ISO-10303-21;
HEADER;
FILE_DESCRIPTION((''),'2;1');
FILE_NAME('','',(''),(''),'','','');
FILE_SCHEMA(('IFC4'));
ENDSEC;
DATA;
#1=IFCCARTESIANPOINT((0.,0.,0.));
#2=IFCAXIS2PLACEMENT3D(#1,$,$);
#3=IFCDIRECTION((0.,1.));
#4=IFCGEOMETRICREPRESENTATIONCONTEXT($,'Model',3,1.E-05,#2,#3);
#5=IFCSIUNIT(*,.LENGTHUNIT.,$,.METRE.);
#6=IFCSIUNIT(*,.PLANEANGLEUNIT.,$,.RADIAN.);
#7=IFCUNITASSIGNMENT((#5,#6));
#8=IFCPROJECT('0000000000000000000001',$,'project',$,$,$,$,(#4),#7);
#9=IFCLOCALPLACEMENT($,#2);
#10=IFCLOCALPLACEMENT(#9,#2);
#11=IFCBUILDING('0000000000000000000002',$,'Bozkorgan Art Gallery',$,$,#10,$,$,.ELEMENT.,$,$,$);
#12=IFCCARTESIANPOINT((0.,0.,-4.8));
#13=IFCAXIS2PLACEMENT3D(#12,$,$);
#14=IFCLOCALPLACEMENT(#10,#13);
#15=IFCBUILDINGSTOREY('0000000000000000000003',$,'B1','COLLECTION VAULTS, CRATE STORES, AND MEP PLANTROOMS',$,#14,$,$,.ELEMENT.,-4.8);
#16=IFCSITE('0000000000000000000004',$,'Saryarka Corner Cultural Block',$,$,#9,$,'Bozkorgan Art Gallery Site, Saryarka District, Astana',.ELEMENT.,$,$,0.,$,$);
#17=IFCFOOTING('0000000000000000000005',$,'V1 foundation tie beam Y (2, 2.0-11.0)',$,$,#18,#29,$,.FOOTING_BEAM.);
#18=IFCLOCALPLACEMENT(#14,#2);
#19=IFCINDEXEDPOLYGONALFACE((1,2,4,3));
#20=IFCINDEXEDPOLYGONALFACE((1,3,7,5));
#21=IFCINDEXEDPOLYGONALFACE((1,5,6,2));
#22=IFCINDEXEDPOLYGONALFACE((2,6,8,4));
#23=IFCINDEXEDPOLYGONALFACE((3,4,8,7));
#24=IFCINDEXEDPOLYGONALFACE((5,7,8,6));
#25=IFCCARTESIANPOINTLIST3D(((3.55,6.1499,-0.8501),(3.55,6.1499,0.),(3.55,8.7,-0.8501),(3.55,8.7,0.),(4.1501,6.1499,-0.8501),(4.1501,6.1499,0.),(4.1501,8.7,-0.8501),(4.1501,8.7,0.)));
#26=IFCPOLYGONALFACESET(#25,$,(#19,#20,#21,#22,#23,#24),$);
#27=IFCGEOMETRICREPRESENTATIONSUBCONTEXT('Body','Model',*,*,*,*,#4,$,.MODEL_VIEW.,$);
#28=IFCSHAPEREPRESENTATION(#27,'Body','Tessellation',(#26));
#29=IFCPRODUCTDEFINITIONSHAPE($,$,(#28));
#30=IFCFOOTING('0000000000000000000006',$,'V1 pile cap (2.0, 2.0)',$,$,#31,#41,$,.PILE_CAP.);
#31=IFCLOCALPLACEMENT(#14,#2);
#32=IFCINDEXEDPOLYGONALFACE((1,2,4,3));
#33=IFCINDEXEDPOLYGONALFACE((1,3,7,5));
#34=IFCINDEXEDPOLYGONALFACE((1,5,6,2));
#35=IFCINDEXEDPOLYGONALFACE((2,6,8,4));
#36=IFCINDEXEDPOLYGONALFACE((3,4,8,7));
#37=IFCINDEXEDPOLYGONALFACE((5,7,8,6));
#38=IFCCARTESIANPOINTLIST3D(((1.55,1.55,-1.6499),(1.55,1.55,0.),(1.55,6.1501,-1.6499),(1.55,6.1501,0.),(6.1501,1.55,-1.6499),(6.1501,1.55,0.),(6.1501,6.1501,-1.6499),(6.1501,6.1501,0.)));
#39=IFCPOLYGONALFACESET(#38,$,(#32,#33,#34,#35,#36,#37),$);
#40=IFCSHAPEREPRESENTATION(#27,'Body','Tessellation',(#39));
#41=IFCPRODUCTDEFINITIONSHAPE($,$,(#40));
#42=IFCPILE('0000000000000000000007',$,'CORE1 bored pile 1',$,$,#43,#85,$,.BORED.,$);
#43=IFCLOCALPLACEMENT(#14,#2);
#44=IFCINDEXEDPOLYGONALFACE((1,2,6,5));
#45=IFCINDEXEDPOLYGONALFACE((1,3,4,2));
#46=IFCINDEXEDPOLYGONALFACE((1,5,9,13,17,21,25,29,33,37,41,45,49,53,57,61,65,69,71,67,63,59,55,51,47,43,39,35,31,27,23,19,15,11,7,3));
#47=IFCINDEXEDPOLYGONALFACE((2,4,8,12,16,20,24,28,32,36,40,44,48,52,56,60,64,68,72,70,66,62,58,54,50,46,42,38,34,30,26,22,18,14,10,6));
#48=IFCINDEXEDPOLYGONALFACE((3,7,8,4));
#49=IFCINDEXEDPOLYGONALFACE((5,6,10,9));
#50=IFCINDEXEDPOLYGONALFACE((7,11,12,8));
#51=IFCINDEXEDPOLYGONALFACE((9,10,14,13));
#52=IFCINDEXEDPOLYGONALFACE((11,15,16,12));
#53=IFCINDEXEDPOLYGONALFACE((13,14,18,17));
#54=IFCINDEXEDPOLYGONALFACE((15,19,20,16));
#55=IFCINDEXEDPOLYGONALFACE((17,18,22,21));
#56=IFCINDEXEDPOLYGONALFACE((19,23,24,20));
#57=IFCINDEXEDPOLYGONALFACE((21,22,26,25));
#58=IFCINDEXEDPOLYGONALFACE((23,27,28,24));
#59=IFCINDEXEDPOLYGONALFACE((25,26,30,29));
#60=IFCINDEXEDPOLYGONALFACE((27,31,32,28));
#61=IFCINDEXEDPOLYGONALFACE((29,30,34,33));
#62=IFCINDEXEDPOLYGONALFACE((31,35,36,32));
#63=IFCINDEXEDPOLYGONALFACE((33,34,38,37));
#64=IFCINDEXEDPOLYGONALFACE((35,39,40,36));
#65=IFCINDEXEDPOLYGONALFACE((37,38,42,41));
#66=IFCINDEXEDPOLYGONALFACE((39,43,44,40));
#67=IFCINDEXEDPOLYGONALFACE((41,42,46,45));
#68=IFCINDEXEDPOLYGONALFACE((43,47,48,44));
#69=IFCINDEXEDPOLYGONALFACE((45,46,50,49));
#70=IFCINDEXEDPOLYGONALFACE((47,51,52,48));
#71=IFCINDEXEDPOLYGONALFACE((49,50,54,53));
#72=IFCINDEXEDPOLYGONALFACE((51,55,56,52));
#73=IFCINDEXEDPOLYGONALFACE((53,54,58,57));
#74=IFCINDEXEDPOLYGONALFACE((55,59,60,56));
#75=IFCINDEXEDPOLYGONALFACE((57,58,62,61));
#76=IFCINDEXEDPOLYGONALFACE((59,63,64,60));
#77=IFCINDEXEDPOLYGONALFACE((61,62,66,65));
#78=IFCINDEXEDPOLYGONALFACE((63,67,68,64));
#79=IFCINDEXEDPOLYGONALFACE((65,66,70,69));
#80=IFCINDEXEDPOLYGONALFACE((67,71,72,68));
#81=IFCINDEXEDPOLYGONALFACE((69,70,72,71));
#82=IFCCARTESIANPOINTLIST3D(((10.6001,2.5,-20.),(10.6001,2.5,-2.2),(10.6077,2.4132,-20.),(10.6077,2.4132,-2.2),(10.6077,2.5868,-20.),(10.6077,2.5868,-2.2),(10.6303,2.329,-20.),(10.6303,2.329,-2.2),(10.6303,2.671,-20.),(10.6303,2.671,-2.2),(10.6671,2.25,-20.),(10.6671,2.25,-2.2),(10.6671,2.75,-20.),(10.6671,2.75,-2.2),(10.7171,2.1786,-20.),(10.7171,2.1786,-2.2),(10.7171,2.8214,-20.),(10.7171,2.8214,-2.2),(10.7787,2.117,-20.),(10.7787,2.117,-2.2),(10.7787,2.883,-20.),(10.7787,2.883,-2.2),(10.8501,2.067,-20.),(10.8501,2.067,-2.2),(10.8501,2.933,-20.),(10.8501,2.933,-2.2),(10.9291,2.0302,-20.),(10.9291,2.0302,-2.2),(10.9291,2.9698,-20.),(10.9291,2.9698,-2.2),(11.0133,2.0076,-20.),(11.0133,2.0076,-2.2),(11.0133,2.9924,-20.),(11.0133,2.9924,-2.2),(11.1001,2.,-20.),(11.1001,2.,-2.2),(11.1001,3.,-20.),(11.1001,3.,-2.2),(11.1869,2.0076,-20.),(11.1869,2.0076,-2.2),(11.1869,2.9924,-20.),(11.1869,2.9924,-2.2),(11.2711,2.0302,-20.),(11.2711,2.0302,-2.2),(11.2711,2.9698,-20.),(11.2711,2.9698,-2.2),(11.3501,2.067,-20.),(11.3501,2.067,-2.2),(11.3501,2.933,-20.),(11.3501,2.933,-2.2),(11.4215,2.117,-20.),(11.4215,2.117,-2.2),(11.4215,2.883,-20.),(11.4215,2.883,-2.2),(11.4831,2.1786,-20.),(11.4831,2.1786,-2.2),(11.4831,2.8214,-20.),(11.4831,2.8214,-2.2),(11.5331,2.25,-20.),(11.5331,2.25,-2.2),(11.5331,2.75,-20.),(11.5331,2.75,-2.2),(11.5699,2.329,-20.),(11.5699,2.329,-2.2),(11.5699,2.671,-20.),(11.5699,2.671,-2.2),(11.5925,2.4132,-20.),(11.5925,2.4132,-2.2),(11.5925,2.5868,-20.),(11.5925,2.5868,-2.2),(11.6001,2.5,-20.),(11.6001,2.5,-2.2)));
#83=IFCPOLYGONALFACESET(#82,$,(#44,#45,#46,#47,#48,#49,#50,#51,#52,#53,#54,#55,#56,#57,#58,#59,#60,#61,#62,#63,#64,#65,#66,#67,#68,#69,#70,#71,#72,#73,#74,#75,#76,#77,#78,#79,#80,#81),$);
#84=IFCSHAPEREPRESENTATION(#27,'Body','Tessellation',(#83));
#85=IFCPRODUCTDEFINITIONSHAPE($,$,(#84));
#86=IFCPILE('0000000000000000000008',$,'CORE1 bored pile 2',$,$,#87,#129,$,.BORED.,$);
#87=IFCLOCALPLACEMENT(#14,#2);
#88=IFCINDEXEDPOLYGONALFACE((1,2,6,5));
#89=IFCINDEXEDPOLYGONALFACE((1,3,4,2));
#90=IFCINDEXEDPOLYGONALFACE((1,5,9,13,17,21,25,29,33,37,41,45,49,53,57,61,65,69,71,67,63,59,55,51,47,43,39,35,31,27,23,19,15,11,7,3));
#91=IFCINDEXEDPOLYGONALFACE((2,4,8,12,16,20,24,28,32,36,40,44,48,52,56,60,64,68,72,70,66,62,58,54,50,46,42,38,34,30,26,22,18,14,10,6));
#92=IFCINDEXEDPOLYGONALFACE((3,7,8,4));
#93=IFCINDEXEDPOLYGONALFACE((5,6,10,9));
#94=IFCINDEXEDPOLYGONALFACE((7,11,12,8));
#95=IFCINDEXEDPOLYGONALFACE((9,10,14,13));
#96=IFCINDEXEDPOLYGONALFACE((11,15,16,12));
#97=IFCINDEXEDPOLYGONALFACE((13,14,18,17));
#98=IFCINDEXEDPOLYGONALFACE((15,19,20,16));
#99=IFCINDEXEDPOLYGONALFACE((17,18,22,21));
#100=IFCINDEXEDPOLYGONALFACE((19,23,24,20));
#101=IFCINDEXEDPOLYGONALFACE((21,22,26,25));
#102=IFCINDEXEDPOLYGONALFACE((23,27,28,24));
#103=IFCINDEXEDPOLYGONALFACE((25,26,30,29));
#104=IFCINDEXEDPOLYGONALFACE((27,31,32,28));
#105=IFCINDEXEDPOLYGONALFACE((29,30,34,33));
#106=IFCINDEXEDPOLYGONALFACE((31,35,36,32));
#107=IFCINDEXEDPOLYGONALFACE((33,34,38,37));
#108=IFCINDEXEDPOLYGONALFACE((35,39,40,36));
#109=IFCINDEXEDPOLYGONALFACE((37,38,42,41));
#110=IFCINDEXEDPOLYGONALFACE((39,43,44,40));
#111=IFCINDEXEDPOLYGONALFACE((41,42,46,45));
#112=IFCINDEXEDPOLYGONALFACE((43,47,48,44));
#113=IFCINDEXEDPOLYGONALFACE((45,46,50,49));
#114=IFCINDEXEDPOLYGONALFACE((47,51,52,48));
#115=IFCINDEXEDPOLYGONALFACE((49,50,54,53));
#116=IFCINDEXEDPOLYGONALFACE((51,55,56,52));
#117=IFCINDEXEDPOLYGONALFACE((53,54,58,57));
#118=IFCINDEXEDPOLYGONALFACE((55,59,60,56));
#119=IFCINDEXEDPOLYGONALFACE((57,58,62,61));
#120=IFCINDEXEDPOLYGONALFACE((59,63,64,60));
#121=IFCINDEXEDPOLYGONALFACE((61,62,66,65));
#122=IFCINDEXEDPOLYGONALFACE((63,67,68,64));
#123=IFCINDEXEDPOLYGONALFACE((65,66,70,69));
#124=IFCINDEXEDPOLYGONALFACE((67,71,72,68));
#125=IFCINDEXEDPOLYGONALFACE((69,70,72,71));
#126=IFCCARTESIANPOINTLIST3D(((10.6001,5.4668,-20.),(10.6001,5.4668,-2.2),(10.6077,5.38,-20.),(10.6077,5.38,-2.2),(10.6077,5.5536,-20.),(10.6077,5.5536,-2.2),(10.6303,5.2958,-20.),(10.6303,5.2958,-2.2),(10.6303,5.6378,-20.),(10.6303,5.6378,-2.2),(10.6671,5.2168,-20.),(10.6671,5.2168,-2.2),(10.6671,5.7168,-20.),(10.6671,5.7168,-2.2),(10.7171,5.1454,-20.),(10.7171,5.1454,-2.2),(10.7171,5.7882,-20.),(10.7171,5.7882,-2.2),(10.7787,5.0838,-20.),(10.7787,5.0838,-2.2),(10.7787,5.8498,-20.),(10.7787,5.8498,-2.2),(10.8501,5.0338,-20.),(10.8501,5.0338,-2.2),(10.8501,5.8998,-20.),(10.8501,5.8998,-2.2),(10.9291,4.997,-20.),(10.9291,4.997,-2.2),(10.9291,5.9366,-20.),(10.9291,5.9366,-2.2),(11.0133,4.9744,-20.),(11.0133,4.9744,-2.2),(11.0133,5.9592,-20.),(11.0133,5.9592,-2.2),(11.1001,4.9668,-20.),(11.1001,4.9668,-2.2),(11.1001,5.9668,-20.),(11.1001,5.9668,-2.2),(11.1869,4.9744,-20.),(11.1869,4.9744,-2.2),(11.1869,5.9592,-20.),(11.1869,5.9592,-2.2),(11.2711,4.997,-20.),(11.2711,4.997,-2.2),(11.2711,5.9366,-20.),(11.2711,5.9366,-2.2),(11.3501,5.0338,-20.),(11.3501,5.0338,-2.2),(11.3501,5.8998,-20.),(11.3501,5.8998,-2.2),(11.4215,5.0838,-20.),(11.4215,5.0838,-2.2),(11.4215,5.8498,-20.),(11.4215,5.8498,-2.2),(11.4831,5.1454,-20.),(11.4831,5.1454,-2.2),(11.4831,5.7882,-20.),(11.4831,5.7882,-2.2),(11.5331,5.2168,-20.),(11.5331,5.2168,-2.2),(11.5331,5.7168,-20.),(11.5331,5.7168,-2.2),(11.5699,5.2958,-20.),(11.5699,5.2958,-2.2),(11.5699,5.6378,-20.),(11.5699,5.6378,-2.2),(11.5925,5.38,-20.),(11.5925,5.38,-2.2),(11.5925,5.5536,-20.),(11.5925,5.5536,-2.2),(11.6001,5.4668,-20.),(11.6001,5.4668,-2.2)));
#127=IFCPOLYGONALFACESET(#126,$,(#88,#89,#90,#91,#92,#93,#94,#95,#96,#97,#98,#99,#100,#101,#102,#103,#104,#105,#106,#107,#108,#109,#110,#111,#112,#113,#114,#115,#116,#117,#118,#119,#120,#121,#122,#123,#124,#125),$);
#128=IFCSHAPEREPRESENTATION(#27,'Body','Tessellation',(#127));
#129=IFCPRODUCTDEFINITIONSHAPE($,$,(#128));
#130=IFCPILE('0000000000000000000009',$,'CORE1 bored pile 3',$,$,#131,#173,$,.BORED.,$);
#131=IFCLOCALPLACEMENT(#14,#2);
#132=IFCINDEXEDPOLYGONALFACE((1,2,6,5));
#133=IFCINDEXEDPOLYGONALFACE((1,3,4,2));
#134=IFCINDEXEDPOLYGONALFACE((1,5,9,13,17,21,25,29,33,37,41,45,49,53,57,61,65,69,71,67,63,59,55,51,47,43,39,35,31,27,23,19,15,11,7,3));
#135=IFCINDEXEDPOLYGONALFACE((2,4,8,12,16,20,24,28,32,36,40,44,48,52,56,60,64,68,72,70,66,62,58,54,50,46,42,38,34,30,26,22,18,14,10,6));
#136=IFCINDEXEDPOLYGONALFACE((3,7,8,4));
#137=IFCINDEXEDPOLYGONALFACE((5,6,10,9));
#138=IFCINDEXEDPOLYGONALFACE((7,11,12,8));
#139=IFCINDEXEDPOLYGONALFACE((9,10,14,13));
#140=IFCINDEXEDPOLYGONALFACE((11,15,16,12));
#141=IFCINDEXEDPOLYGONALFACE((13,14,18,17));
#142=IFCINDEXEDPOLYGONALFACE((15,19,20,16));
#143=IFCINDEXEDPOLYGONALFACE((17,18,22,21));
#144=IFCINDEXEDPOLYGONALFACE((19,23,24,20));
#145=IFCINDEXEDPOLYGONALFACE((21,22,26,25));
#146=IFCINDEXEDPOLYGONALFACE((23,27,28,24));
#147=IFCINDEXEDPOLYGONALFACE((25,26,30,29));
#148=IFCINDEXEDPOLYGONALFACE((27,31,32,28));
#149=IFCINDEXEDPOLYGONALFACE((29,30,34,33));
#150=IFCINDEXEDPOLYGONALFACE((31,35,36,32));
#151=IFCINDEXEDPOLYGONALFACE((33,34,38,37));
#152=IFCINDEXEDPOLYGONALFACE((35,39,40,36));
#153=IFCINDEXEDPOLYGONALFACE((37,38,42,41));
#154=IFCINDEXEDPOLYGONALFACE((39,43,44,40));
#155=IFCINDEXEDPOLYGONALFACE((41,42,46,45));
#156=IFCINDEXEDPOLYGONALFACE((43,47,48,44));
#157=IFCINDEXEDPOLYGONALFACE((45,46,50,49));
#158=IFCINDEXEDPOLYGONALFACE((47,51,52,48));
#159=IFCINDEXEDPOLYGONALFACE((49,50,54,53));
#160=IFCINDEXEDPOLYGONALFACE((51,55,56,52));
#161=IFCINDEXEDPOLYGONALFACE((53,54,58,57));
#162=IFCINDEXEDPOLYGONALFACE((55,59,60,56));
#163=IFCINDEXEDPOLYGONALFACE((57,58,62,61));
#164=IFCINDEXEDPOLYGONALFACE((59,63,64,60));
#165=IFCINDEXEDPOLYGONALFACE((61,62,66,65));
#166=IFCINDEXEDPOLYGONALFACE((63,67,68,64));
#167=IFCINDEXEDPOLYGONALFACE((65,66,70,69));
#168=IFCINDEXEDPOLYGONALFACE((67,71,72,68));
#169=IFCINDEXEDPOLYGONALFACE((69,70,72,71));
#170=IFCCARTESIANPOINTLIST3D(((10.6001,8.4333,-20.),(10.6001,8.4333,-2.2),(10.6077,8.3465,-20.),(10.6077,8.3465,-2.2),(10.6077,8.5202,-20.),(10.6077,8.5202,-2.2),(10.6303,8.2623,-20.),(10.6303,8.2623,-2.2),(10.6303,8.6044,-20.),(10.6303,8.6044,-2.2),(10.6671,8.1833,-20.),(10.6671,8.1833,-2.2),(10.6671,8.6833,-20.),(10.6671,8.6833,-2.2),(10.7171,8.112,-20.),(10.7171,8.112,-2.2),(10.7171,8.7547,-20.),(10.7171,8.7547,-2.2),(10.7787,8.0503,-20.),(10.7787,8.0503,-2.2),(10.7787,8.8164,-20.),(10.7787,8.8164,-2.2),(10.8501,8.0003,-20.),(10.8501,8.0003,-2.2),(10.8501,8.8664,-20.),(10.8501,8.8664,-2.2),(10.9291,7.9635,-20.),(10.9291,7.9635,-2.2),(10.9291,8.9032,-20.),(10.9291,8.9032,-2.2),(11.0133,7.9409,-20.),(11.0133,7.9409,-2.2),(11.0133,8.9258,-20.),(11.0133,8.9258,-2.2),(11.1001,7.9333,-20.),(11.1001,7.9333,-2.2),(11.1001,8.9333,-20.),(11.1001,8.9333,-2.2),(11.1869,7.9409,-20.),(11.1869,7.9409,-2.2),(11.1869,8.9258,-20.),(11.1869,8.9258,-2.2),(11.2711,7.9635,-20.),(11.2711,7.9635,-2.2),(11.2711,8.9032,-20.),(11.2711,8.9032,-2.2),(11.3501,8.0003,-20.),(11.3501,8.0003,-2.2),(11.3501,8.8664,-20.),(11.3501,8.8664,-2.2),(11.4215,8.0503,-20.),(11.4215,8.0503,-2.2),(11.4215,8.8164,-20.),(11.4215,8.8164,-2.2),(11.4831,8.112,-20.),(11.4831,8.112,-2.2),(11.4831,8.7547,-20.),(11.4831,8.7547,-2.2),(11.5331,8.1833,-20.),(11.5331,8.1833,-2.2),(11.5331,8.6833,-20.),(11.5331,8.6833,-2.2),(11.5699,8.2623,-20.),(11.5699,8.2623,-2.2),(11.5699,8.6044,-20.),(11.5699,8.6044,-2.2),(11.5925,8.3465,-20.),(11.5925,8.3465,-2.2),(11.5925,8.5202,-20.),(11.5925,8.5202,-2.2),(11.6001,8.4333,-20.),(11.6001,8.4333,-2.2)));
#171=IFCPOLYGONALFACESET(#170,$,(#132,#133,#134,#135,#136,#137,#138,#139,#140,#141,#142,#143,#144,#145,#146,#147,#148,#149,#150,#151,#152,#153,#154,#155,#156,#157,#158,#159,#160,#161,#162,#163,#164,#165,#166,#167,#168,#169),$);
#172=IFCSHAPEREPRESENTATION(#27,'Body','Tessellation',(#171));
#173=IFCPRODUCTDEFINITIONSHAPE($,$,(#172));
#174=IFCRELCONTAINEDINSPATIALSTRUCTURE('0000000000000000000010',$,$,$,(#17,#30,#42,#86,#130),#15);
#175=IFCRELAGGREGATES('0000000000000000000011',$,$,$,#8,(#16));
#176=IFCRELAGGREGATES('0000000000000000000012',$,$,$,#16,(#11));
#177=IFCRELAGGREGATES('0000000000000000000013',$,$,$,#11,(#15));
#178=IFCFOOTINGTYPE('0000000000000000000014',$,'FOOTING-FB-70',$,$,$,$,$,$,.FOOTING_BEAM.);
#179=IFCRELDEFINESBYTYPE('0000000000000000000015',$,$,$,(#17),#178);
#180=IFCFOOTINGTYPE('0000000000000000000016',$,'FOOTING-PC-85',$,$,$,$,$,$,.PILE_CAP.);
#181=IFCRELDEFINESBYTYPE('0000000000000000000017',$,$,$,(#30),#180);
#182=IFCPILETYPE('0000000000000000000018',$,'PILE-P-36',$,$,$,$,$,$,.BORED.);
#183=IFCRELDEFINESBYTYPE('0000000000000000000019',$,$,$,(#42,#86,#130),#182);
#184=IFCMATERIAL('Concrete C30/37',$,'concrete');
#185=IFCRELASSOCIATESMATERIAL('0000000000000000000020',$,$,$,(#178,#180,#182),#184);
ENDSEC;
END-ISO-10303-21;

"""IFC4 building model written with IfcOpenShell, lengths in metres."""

from ifc_helpers import new_model, si_unit, direction, frame, origin, origin_2d, place, context, subcontext, project, spatial, rectangle, circle, extrude, material, material_profile, profile_set, type_object, element, save


model = new_model("IFC4")

# Units and contexts
model_context = context("Model", 3, precision=1e-05, world=origin(), true_north=direction((0.0, 1.0)))
body_context = subcontext(model_context, "Body", "Model", "MODEL_VIEW")
ifc_project = project(units=[si_unit("LENGTHUNIT", "METRE"), si_unit("PLANEANGLEUNIT", "RADIAN")], contexts=[model_context])

# Site, building, storey
site_placement = place(None, origin())
site = spatial("IfcSite", under=ifc_project, at=site_placement, Name="Saryarka Corner Cultural Block", LongName="Bozkorgan Art Gallery Site, Saryarka District, Astana", CompositionType="ELEMENT", RefElevation=0.0)
building_placement = place(site_placement, origin())
building = spatial("IfcBuilding", under=site, at=building_placement, Name="Bozkorgan Art Gallery", CompositionType="ELEMENT")
storey_placement = place(building_placement, frame((0.0, 0.0, -4.8)))
storey = spatial("IfcBuildingStorey", under=building, at=storey_placement, Name="B1", Description="COLLECTION VAULTS, CRATE STORES, AND MEP PLANTROOMS", CompositionType="ELEMENT", Elevation=-4.8)

# Footings
ifc_material_1 = material(Name="Concrete C30/37", Category="concrete")
ifc_material_profile_1 = material_profile(ifc_material_1, rectangle(XDim=0.6001, YDim=0.8501, at=origin_2d()), Name="FND 600x850")
ifc_profile_set_1 = profile_set([ifc_material_profile_1], Name="Concrete C30/37")
footing_type_1 = type_object("IfcFootingType", Name="FOOTING-FB-70", PredefinedType="FOOTING_BEAM", material=ifc_profile_set_1)
footing_1_placement = place(storey_placement, frame((3.8501, 6.1499, -0.425), z_axis=(0.0, 1.0, 0.0), x_axis=(-1.0, 0.0, 0.0)))
element("IfcFooting", 1, at=footing_1_placement, inside=storey, type_object=footing_type_1, Name="V1 foundation tie beam Y (2, 2.0-11.0)", PredefinedType="FOOTING_BEAM", context=body_context, shape_type="SweptSolid", body=[
    extrude(rectangle(XDim=0.6001, YDim=0.8501, at=origin_2d()), origin(), (0.0, 0.0, 1.0), 2.55),
])
footing_type_2 = type_object("IfcFootingType", Name="FOOTING-PC-85", PredefinedType="PILE_CAP", material=ifc_material_1)
footing_2_placement = place(storey_placement, frame((3.8501, 3.8501, -1.6499), z_axis=(0.0, 0.0, 1.0), x_axis=(1.0, 0.0, 0.0)))
element("IfcFooting", 2, at=footing_2_placement, inside=storey, type_object=footing_type_2, Name="V1 pile cap (2.0, 2.0)", PredefinedType="PILE_CAP", context=body_context, shape_type="SweptSolid", body=[
    extrude(rectangle(XDim=4.6001, YDim=4.6001, at=origin_2d()), origin(), (0.0, 0.0, 1.0), 1.6499),
])

# Piles
ifc_material_profile_2 = material_profile(ifc_material_1, circle(Radius=0.5, at=origin_2d()), Name="PILE D1000")
ifc_profile_set_2 = profile_set([ifc_material_profile_2], Name="Concrete C30/37")
pile_type = type_object("IfcPileType", Name="PILE-P-36", PredefinedType="BORED", material=ifc_profile_set_2)
for number, where, z_axis, x_axis, name in (
    (3, (11.1001, 2.5, -2.2), (0.0, 0.0, -1.0), (1.0, 0.0, 0.0), "CORE1 bored pile 1"),
    (4, (11.1001, 5.4668, -2.2), (0.0, 0.0, -1.0), (1.0, 0.0, 0.0), "CORE1 bored pile 2"),
    (5, (11.1001, 8.4333, -2.2), (0.0, 0.0, -1.0), (1.0, 0.0, 0.0), "CORE1 bored pile 3"),
):
    element("IfcPile", number, at=place(storey_placement, frame(where, z_axis=z_axis, x_axis=x_axis)), inside=storey, type_object=pile_type, Name=name, PredefinedType="BORED", context=body_context, shape_type="SweptSolid", body=[
        extrude(circle(Radius=0.5, at=origin_2d()), origin(), (0.0, 0.0, 1.0), 17.8),
    ])

save(model, "model.ifc")
